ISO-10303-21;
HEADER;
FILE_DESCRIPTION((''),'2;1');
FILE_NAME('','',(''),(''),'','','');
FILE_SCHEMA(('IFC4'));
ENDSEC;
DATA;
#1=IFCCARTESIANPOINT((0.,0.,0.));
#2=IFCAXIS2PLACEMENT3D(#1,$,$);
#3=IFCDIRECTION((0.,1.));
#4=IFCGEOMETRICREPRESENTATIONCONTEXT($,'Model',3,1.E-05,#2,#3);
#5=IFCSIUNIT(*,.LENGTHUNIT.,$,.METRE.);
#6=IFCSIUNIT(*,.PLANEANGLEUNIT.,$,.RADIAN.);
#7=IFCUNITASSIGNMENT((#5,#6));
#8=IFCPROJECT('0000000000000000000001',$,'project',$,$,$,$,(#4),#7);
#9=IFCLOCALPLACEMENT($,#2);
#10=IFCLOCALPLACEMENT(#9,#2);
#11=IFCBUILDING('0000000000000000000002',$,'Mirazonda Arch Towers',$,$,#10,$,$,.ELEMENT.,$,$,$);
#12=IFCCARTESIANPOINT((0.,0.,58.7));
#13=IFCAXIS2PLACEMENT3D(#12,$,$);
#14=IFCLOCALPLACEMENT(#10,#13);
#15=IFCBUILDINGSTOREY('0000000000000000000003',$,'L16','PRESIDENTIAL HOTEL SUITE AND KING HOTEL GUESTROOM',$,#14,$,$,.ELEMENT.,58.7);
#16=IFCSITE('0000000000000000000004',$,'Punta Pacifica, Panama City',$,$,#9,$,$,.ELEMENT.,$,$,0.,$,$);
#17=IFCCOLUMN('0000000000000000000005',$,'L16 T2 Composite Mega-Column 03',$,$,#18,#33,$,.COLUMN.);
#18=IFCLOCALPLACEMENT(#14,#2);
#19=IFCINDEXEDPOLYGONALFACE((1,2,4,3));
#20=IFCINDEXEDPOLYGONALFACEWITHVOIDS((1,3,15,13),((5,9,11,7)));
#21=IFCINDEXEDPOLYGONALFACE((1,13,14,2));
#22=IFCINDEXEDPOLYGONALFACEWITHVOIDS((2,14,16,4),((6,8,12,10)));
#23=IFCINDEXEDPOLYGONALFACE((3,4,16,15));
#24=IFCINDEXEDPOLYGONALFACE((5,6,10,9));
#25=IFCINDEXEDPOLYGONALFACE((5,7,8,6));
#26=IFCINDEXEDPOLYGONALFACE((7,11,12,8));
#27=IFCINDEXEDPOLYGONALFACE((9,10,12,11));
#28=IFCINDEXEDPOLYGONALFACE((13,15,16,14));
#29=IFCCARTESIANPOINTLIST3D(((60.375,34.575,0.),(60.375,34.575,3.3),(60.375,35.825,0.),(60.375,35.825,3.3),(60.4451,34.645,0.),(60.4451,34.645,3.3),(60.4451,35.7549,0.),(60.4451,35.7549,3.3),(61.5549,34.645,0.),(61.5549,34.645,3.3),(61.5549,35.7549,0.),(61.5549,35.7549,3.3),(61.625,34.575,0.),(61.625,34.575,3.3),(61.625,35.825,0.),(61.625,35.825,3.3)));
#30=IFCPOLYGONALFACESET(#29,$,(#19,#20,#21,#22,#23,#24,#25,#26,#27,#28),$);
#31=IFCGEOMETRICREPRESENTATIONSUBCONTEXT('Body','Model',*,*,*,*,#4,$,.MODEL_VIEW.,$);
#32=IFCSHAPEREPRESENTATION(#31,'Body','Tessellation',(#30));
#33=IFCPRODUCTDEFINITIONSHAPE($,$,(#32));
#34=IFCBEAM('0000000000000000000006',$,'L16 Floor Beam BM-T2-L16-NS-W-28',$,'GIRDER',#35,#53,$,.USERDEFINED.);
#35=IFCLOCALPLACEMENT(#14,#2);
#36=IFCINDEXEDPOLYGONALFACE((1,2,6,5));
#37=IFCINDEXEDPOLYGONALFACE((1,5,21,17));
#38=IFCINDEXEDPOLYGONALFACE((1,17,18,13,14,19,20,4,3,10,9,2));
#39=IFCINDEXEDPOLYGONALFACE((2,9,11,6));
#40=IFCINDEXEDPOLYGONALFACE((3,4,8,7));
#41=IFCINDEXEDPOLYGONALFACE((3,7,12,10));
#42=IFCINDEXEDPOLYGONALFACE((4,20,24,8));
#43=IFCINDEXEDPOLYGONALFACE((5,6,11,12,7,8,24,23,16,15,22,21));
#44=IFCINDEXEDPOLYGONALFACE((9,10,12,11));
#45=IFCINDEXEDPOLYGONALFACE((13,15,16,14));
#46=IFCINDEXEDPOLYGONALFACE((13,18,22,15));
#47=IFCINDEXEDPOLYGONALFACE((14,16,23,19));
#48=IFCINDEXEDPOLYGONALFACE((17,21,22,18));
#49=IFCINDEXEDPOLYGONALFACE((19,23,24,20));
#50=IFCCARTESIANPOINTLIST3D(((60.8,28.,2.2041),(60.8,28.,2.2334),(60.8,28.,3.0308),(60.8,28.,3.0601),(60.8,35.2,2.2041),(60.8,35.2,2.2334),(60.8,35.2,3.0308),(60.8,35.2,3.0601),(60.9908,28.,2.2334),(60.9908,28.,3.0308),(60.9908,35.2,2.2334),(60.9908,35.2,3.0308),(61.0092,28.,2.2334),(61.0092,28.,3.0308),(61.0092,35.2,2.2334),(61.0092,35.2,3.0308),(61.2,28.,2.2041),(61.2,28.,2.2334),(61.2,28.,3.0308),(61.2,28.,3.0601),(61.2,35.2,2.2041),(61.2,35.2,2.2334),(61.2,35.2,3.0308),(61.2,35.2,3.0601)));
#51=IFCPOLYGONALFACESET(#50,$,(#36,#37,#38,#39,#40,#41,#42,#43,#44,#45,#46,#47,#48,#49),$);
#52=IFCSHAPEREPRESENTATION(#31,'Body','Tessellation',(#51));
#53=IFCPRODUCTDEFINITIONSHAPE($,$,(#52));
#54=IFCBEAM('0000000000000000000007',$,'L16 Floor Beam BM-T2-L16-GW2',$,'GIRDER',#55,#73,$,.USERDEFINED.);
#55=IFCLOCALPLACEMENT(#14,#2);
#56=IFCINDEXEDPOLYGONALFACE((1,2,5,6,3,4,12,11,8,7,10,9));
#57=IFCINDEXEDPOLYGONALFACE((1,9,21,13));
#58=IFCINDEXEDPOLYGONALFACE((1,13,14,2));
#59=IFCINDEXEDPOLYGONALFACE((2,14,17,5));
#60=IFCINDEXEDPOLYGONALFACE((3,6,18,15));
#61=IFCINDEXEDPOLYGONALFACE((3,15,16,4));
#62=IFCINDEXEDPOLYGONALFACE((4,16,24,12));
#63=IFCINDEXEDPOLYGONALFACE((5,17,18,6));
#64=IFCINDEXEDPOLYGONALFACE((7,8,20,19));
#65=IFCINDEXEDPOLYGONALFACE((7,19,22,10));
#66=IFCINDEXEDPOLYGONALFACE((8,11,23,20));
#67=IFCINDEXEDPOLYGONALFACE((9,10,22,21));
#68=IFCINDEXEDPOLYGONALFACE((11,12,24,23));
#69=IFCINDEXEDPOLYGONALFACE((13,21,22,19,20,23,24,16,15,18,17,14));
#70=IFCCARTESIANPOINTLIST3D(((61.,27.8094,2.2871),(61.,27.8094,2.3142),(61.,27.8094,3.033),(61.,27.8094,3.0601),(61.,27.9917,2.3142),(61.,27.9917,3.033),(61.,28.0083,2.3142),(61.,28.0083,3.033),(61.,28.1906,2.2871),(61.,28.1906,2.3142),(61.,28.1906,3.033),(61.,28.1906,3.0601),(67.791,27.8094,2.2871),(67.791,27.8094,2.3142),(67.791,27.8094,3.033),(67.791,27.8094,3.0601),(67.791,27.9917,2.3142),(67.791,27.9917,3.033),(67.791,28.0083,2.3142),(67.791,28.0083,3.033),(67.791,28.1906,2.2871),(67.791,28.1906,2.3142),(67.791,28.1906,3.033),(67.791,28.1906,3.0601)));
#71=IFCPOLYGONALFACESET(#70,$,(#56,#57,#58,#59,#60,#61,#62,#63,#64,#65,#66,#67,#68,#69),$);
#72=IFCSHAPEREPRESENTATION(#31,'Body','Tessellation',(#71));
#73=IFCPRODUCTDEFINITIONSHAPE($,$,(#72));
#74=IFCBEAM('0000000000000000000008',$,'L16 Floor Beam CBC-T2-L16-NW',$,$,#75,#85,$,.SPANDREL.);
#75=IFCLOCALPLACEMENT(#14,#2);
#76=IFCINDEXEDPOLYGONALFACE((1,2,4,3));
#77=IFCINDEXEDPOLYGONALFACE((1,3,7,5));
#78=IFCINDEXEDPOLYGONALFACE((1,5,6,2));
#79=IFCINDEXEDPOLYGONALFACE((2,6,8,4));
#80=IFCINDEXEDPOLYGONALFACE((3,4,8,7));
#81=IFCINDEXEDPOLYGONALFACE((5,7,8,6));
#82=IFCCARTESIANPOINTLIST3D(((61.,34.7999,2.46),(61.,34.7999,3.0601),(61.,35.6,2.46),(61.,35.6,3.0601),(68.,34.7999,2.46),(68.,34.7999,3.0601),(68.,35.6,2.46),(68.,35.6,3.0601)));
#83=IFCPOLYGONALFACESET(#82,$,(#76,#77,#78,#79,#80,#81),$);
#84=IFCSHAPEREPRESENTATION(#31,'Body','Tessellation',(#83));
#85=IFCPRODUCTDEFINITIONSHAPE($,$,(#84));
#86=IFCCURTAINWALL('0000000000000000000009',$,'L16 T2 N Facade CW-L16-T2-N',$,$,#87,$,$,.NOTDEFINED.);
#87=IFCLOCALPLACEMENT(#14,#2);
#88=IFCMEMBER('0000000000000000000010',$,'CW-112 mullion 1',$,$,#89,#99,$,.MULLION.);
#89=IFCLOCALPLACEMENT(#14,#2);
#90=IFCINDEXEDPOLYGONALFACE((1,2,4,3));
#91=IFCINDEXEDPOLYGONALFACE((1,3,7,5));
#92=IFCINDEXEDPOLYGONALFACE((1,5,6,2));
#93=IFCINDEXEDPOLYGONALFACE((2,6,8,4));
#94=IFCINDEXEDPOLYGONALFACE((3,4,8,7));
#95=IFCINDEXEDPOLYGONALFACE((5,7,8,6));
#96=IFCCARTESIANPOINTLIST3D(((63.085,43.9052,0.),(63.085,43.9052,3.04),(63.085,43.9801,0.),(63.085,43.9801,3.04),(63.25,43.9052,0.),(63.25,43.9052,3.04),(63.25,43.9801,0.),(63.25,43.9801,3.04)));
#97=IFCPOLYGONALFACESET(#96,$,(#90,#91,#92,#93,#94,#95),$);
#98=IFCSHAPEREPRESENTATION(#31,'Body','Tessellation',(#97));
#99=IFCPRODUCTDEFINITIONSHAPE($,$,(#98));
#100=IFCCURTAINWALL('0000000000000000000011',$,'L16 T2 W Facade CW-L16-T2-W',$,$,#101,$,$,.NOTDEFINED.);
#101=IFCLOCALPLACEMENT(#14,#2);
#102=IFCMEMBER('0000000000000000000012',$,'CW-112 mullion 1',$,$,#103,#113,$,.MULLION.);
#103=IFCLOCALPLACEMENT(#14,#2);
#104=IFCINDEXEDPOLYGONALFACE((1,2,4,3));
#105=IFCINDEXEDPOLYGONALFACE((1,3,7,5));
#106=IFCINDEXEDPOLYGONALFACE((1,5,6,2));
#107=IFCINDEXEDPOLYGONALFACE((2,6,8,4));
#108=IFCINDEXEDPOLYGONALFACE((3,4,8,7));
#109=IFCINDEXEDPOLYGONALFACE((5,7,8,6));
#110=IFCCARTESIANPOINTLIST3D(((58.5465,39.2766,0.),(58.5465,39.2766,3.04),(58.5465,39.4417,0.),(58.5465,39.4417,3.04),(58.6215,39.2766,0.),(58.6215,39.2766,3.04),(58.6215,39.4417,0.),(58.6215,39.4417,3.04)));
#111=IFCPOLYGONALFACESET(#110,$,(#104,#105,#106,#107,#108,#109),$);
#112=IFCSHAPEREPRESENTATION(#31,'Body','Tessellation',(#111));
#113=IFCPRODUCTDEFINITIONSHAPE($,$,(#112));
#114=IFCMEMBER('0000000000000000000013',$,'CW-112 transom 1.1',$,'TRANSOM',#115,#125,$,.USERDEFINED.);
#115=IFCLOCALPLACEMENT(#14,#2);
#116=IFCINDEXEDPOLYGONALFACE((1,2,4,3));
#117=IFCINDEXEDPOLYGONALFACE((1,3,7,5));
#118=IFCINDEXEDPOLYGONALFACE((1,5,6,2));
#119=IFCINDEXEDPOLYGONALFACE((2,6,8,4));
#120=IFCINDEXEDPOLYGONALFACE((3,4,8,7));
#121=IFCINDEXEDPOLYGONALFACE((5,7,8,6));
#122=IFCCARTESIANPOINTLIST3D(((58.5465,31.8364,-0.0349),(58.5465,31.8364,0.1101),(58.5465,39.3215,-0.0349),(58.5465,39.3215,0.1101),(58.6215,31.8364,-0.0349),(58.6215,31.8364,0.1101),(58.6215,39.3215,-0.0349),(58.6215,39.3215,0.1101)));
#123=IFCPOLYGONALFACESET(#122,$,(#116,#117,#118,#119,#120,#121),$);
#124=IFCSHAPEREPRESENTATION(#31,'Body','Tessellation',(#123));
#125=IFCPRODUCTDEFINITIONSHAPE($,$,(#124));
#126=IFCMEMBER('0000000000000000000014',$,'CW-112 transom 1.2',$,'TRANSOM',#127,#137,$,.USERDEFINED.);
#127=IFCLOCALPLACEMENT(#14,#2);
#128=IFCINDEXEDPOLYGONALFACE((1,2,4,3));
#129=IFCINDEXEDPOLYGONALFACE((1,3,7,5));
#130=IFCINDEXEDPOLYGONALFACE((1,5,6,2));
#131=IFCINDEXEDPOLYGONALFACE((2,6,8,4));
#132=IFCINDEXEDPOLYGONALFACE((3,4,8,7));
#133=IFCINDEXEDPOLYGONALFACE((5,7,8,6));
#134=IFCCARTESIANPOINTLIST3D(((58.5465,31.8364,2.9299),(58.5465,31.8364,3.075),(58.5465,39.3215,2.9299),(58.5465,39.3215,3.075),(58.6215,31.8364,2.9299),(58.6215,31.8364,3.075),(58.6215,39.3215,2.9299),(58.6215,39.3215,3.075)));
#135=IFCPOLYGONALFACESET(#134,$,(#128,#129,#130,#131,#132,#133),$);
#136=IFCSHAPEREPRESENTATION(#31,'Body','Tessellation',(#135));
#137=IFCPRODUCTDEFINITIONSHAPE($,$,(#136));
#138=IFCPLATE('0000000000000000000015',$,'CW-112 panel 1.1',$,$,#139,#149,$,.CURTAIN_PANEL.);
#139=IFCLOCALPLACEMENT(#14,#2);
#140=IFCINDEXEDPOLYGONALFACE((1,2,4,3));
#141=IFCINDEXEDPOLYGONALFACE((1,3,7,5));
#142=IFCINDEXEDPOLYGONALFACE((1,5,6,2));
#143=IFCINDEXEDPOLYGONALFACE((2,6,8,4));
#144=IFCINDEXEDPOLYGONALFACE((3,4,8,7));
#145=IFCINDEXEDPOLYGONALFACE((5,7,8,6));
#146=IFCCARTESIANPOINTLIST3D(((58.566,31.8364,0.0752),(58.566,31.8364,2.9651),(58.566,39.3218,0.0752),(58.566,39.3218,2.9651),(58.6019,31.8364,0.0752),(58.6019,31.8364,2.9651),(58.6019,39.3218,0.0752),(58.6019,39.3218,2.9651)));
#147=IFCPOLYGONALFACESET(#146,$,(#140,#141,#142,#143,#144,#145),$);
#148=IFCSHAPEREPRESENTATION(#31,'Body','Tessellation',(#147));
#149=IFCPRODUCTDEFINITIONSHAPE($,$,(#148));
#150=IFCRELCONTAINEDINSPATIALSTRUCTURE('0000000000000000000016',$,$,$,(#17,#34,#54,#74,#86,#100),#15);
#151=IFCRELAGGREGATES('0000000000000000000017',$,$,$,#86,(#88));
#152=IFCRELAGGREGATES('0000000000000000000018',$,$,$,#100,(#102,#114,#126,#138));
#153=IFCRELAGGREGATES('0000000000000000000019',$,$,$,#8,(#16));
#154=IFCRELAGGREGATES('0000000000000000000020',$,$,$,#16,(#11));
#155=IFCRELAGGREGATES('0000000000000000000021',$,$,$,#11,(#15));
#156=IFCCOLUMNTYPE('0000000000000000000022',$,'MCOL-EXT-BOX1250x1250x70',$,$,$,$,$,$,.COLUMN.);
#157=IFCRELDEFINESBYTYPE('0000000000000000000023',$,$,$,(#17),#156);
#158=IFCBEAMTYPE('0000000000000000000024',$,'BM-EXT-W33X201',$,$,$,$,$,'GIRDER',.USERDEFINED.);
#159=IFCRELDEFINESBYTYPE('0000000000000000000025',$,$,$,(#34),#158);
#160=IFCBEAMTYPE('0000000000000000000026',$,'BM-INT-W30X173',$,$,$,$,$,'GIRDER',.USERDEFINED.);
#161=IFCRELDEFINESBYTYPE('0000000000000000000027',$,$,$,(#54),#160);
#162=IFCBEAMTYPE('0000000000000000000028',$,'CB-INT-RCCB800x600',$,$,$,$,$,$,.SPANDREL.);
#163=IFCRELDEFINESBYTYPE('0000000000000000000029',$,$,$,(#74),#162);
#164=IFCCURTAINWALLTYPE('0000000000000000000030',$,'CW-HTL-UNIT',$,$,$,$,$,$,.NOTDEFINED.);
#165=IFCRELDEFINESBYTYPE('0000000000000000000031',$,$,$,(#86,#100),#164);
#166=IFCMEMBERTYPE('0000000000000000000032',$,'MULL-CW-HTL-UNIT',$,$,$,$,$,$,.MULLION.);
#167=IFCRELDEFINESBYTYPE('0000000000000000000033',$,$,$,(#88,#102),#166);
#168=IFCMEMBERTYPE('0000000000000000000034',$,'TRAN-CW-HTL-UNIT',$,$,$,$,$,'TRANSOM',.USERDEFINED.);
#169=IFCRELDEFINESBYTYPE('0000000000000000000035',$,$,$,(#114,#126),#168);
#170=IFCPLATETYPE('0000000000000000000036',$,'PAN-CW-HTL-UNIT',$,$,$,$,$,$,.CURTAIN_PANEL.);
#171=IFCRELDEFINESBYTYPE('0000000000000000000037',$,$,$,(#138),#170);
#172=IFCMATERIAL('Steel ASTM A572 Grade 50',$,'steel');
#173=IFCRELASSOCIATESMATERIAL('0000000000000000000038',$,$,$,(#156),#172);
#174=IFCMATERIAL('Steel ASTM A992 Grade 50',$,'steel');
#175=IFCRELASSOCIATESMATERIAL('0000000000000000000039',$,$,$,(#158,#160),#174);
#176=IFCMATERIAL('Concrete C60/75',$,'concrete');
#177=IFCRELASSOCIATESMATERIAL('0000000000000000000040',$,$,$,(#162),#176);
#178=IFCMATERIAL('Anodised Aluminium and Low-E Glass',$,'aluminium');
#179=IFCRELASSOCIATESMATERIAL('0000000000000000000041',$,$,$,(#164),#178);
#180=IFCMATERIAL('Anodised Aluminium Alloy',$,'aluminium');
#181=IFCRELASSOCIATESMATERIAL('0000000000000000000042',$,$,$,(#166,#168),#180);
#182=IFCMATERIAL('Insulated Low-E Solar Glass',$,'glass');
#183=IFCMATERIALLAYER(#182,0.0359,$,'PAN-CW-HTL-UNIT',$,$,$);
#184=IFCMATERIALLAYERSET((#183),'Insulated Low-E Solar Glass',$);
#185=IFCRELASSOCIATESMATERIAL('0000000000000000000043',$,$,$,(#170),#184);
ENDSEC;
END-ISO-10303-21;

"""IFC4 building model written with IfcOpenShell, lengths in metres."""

from ifc_helpers import new_model, si_unit, direction, frame, origin, origin_2d, place, context, subcontext, project, spatial, rectangle, hollow_rectangle, i_section, extrude, material, layer, layer_set, material_profile, profile_set, type_object, element, aggregate, save


model = new_model("IFC4")

# Units and contexts
model_context = context("Model", 3, precision=1e-05, world=origin(), true_north=direction((0.0, 1.0)))
body_context = subcontext(model_context, "Body", "Model", "MODEL_VIEW")
ifc_project = project(units=[si_unit("LENGTHUNIT", "METRE"), si_unit("PLANEANGLEUNIT", "RADIAN")], contexts=[model_context])

# Site, building, storey
site_placement = place(None, origin())
site = spatial("IfcSite", under=ifc_project, at=site_placement, Name="Punta Pacifica, Panama City", CompositionType="ELEMENT", RefElevation=0.0)
building_placement = place(site_placement, origin())
building = spatial("IfcBuilding", under=site, at=building_placement, Name="Mirazonda Arch Towers", CompositionType="ELEMENT")
storey_placement = place(building_placement, frame((0.0, 0.0, 58.7)))
storey = spatial("IfcBuildingStorey", under=building, at=storey_placement, Name="L16", Description="PRESIDENTIAL HOTEL SUITE AND KING HOTEL GUESTROOM", CompositionType="ELEMENT", Elevation=58.7)

# Column
ifc_material_1 = material(Name="Steel ASTM A572 Grade 50", Category="steel")
ifc_material_profile_1 = material_profile(ifc_material_1, hollow_rectangle(XDim=1.25, YDim=1.25, WallThickness=0.0701, at=origin_2d()), Name="BOX1250x1250x70")
ifc_profile_set_1 = profile_set([ifc_material_profile_1], Name="Steel ASTM A572 Grade 50")
column_type = type_object("IfcColumnType", Name="MCOL-EXT-BOX1250x1250x70", PredefinedType="COLUMN", material=ifc_profile_set_1)
column_placement = place(storey_placement, frame((61.0, 35.2, 0.0), z_axis=(0.0, 0.0, 1.0), x_axis=(1.0, 0.0, 0.0)))
element("IfcColumn", 1, at=column_placement, inside=storey, type_object=column_type, Name="L16 T2 Composite Mega-Column 03", PredefinedType="COLUMN", context=body_context, shape_type="SweptSolid", body=[
    extrude(hollow_rectangle(XDim=1.25, YDim=1.25, WallThickness=0.0701, at=origin_2d()), origin(), (0.0, 0.0, 1.0), 3.3),
])

# Beams
ifc_material_2 = material(Name="Steel ASTM A992 Grade 50", Category="steel")
ifc_material_profile_2 = material_profile(ifc_material_2, i_section(OverallWidth=0.3999, OverallDepth=0.856, WebThickness=0.0183, FlangeThickness=0.0293, at=origin_2d()), Name="W33X201")
ifc_profile_set_2 = profile_set([ifc_material_profile_2], Name="Steel ASTM A992 Grade 50")
beam_type_1 = type_object("IfcBeamType", Name="BM-EXT-W33X201", ElementType="GIRDER", PredefinedType="USERDEFINED", material=ifc_profile_set_2)
beam_1_placement = place(storey_placement, frame((61.0, 28.0, 2.6321), z_axis=(0.0, 1.0, 0.0), x_axis=(-1.0, 0.0, 0.0)))
element("IfcBeam", 2, at=beam_1_placement, inside=storey, type_object=beam_type_1, Name="L16 Floor Beam BM-T2-L16-NS-W-28", ObjectType="GIRDER", PredefinedType="USERDEFINED", context=body_context, shape_type="SweptSolid", body=[
    extrude(i_section(OverallWidth=0.3999, OverallDepth=0.856, WebThickness=0.0183, FlangeThickness=0.0293, at=origin_2d()), origin(), (0.0, 0.0, 1.0), 7.2),
])
ifc_material_profile_3 = material_profile(ifc_material_2, i_section(OverallWidth=0.3811, OverallDepth=0.7729, WebThickness=0.0166, FlangeThickness=0.0271, at=origin_2d()), Name="W30X173")
ifc_profile_set_3 = profile_set([ifc_material_profile_3], Name="Steel ASTM A992 Grade 50")
beam_type_2 = type_object("IfcBeamType", Name="BM-INT-W30X173", ElementType="GIRDER", PredefinedType="USERDEFINED", material=ifc_profile_set_3)
beam_2_placement = place(storey_placement, frame((61.0, 28.0, 2.6736), z_axis=(1.0, 0.0, 0.0), x_axis=(0.0, 1.0, 0.0)))
element("IfcBeam", 3, at=beam_2_placement, inside=storey, type_object=beam_type_2, Name="L16 Floor Beam BM-T2-L16-GW2", ObjectType="GIRDER", PredefinedType="USERDEFINED", context=body_context, shape_type="SweptSolid", body=[
    extrude(i_section(OverallWidth=0.3811, OverallDepth=0.7729, WebThickness=0.0166, FlangeThickness=0.0271, at=origin_2d()), origin(), (0.0, 0.0, 1.0), 6.791),
])
ifc_material_3 = material(Name="Concrete C60/75", Category="concrete")
ifc_material_profile_4 = material_profile(ifc_material_3, rectangle(XDim=0.8, YDim=0.6001, at=origin_2d()), Name="RCCB800x600")
ifc_profile_set_4 = profile_set([ifc_material_profile_4], Name="Concrete C60/75")
beam_type_3 = type_object("IfcBeamType", Name="CB-INT-RCCB800x600", PredefinedType="SPANDREL", material=ifc_profile_set_4)
beam_3_placement = place(storey_placement, frame((61.0, 35.2, 2.76), z_axis=(1.0, 0.0, 0.0), x_axis=(0.0, 1.0, 0.0)))
element("IfcBeam", 4, at=beam_3_placement, inside=storey, type_object=beam_type_3, Name="L16 Floor Beam CBC-T2-L16-NW", PredefinedType="SPANDREL", context=body_context, shape_type="SweptSolid", body=[
    extrude(rectangle(XDim=0.8, YDim=0.6001, at=origin_2d()), origin(), (0.0, 0.0, 1.0), 7.0),
])

# Curtain wall, member
ifc_material_4 = material(Name="Anodised Aluminium and Low-E Glass", Category="aluminium")
curtain_wall_type = type_object("IfcCurtainWallType", Name="CW-HTL-UNIT", PredefinedType="NOTDEFINED", material=ifc_material_4)
curtain_wall_1_placement = place(storey_placement, origin())
curtain_wall_1 = element("IfcCurtainWall", 5, at=curtain_wall_1_placement, inside=storey, type_object=curtain_wall_type, Name="L16 T2 N Facade CW-L16-T2-N", PredefinedType="NOTDEFINED")
ifc_material_5 = material(Name="Anodised Aluminium Alloy", Category="aluminium")
ifc_material_profile_5 = material_profile(ifc_material_5, rectangle(XDim=0.075, YDim=0.165, at=origin_2d()), Name="ALU-MULL-75x165")
ifc_profile_set_5 = profile_set([ifc_material_profile_5], Name="Anodised Aluminium Alloy")
member_type_1 = type_object("IfcMemberType", Name="MULL-CW-HTL-UNIT", PredefinedType="MULLION", material=ifc_profile_set_5)
member_1_placement = place(storey_placement, frame((63.1675, 43.9426, 0.0), z_axis=(0.0, 0.0, 1.0), x_axis=(0.0, 1.0, 0.0)))
member_1 = element("IfcMember", 6, at=member_1_placement, type_object=member_type_1, Name="CW-112 mullion 1", PredefinedType="MULLION", context=body_context, shape_type="SweptSolid", body=[
    extrude(rectangle(XDim=0.075, YDim=0.165, at=origin_2d()), origin(), (0.0, 0.0, 1.0), 3.04),
])
aggregate(curtain_wall_1, [member_1])

# Curtain wall, members, plate
curtain_wall_2_placement = place(storey_placement, origin())
curtain_wall_2 = element("IfcCurtainWall", 7, at=curtain_wall_2_placement, inside=storey, type_object=curtain_wall_type, Name="L16 T2 W Facade CW-L16-T2-W", PredefinedType="NOTDEFINED")
member_2_placement = place(storey_placement, frame((58.584, 39.3591, 0.0), z_axis=(0.0, 0.0, 1.0), x_axis=(1.0, 0.0, 0.0)))
member_2 = element("IfcMember", 8, at=member_2_placement, type_object=member_type_1, Name="CW-112 mullion 1", PredefinedType="MULLION", context=body_context, shape_type="SweptSolid", body=[
    extrude(rectangle(XDim=0.075, YDim=0.165, at=origin_2d()), origin(), (0.0, 0.0, 1.0), 3.04),
])
ifc_material_profile_6 = material_profile(ifc_material_5, rectangle(XDim=0.075, YDim=0.145, at=origin_2d()), Name="ALU-TRAN-75x145")
ifc_profile_set_6 = profile_set([ifc_material_profile_6], Name="Anodised Aluminium Alloy")
member_type_2 = type_object("IfcMemberType", Name="TRAN-CW-HTL-UNIT", ElementType="TRANSOM", PredefinedType="USERDEFINED", material=ifc_profile_set_6)
member_3_placement = place(storey_placement, frame((58.584, 39.3215, 0.0376), z_axis=(0.0, -1.0, 0.0), x_axis=(1.0, 0.0, 0.0)))
member_3 = element("IfcMember", 9, at=member_3_placement, type_object=member_type_2, Name="CW-112 transom 1.1", ObjectType="TRANSOM", PredefinedType="USERDEFINED", context=body_context, shape_type="SweptSolid", body=[
    extrude(rectangle(XDim=0.075, YDim=0.145, at=origin_2d()), origin(), (0.0, 0.0, 1.0), 7.4851),
])
member_4_placement = place(storey_placement, frame((58.584, 39.3215, 3.0024), z_axis=(0.0, -1.0, 0.0), x_axis=(1.0, 0.0, 0.0)))
member_4 = element("IfcMember", 10, at=member_4_placement, type_object=member_type_2, Name="CW-112 transom 1.2", ObjectType="TRANSOM", PredefinedType="USERDEFINED", context=body_context, shape_type="SweptSolid", body=[
    extrude(rectangle(XDim=0.075, YDim=0.145, at=origin_2d()), origin(), (0.0, 0.0, 1.0), 7.4851),
])
ifc_material_6 = material(Name="Insulated Low-E Solar Glass", Category="glass")
ifc_layer_1 = layer(ifc_material_6, 0.0359, Name="PAN-CW-HTL-UNIT")
ifc_layer_set_1 = layer_set([ifc_layer_1], Name="Insulated Low-E Solar Glass")
plate_type = type_object("IfcPlateType", Name="PAN-CW-HTL-UNIT", PredefinedType="CURTAIN_PANEL", material=ifc_layer_set_1)
plate_placement = place(storey_placement, frame((58.584, 35.5791, 0.0752), z_axis=(0.0, 0.0, 1.0), x_axis=(0.0, -1.0, 0.0)))
plate = element("IfcPlate", 11, at=plate_placement, type_object=plate_type, Name="CW-112 panel 1.1", PredefinedType="CURTAIN_PANEL", context=body_context, shape_type="SweptSolid", body=[
    extrude(rectangle(XDim=7.4854, YDim=0.0359, at=origin_2d()), origin(), (0.0, 0.0, 1.0), 2.8899),
])
aggregate(curtain_wall_2, [member_2, member_3, member_4, plate])

save(model, "model.ifc")
